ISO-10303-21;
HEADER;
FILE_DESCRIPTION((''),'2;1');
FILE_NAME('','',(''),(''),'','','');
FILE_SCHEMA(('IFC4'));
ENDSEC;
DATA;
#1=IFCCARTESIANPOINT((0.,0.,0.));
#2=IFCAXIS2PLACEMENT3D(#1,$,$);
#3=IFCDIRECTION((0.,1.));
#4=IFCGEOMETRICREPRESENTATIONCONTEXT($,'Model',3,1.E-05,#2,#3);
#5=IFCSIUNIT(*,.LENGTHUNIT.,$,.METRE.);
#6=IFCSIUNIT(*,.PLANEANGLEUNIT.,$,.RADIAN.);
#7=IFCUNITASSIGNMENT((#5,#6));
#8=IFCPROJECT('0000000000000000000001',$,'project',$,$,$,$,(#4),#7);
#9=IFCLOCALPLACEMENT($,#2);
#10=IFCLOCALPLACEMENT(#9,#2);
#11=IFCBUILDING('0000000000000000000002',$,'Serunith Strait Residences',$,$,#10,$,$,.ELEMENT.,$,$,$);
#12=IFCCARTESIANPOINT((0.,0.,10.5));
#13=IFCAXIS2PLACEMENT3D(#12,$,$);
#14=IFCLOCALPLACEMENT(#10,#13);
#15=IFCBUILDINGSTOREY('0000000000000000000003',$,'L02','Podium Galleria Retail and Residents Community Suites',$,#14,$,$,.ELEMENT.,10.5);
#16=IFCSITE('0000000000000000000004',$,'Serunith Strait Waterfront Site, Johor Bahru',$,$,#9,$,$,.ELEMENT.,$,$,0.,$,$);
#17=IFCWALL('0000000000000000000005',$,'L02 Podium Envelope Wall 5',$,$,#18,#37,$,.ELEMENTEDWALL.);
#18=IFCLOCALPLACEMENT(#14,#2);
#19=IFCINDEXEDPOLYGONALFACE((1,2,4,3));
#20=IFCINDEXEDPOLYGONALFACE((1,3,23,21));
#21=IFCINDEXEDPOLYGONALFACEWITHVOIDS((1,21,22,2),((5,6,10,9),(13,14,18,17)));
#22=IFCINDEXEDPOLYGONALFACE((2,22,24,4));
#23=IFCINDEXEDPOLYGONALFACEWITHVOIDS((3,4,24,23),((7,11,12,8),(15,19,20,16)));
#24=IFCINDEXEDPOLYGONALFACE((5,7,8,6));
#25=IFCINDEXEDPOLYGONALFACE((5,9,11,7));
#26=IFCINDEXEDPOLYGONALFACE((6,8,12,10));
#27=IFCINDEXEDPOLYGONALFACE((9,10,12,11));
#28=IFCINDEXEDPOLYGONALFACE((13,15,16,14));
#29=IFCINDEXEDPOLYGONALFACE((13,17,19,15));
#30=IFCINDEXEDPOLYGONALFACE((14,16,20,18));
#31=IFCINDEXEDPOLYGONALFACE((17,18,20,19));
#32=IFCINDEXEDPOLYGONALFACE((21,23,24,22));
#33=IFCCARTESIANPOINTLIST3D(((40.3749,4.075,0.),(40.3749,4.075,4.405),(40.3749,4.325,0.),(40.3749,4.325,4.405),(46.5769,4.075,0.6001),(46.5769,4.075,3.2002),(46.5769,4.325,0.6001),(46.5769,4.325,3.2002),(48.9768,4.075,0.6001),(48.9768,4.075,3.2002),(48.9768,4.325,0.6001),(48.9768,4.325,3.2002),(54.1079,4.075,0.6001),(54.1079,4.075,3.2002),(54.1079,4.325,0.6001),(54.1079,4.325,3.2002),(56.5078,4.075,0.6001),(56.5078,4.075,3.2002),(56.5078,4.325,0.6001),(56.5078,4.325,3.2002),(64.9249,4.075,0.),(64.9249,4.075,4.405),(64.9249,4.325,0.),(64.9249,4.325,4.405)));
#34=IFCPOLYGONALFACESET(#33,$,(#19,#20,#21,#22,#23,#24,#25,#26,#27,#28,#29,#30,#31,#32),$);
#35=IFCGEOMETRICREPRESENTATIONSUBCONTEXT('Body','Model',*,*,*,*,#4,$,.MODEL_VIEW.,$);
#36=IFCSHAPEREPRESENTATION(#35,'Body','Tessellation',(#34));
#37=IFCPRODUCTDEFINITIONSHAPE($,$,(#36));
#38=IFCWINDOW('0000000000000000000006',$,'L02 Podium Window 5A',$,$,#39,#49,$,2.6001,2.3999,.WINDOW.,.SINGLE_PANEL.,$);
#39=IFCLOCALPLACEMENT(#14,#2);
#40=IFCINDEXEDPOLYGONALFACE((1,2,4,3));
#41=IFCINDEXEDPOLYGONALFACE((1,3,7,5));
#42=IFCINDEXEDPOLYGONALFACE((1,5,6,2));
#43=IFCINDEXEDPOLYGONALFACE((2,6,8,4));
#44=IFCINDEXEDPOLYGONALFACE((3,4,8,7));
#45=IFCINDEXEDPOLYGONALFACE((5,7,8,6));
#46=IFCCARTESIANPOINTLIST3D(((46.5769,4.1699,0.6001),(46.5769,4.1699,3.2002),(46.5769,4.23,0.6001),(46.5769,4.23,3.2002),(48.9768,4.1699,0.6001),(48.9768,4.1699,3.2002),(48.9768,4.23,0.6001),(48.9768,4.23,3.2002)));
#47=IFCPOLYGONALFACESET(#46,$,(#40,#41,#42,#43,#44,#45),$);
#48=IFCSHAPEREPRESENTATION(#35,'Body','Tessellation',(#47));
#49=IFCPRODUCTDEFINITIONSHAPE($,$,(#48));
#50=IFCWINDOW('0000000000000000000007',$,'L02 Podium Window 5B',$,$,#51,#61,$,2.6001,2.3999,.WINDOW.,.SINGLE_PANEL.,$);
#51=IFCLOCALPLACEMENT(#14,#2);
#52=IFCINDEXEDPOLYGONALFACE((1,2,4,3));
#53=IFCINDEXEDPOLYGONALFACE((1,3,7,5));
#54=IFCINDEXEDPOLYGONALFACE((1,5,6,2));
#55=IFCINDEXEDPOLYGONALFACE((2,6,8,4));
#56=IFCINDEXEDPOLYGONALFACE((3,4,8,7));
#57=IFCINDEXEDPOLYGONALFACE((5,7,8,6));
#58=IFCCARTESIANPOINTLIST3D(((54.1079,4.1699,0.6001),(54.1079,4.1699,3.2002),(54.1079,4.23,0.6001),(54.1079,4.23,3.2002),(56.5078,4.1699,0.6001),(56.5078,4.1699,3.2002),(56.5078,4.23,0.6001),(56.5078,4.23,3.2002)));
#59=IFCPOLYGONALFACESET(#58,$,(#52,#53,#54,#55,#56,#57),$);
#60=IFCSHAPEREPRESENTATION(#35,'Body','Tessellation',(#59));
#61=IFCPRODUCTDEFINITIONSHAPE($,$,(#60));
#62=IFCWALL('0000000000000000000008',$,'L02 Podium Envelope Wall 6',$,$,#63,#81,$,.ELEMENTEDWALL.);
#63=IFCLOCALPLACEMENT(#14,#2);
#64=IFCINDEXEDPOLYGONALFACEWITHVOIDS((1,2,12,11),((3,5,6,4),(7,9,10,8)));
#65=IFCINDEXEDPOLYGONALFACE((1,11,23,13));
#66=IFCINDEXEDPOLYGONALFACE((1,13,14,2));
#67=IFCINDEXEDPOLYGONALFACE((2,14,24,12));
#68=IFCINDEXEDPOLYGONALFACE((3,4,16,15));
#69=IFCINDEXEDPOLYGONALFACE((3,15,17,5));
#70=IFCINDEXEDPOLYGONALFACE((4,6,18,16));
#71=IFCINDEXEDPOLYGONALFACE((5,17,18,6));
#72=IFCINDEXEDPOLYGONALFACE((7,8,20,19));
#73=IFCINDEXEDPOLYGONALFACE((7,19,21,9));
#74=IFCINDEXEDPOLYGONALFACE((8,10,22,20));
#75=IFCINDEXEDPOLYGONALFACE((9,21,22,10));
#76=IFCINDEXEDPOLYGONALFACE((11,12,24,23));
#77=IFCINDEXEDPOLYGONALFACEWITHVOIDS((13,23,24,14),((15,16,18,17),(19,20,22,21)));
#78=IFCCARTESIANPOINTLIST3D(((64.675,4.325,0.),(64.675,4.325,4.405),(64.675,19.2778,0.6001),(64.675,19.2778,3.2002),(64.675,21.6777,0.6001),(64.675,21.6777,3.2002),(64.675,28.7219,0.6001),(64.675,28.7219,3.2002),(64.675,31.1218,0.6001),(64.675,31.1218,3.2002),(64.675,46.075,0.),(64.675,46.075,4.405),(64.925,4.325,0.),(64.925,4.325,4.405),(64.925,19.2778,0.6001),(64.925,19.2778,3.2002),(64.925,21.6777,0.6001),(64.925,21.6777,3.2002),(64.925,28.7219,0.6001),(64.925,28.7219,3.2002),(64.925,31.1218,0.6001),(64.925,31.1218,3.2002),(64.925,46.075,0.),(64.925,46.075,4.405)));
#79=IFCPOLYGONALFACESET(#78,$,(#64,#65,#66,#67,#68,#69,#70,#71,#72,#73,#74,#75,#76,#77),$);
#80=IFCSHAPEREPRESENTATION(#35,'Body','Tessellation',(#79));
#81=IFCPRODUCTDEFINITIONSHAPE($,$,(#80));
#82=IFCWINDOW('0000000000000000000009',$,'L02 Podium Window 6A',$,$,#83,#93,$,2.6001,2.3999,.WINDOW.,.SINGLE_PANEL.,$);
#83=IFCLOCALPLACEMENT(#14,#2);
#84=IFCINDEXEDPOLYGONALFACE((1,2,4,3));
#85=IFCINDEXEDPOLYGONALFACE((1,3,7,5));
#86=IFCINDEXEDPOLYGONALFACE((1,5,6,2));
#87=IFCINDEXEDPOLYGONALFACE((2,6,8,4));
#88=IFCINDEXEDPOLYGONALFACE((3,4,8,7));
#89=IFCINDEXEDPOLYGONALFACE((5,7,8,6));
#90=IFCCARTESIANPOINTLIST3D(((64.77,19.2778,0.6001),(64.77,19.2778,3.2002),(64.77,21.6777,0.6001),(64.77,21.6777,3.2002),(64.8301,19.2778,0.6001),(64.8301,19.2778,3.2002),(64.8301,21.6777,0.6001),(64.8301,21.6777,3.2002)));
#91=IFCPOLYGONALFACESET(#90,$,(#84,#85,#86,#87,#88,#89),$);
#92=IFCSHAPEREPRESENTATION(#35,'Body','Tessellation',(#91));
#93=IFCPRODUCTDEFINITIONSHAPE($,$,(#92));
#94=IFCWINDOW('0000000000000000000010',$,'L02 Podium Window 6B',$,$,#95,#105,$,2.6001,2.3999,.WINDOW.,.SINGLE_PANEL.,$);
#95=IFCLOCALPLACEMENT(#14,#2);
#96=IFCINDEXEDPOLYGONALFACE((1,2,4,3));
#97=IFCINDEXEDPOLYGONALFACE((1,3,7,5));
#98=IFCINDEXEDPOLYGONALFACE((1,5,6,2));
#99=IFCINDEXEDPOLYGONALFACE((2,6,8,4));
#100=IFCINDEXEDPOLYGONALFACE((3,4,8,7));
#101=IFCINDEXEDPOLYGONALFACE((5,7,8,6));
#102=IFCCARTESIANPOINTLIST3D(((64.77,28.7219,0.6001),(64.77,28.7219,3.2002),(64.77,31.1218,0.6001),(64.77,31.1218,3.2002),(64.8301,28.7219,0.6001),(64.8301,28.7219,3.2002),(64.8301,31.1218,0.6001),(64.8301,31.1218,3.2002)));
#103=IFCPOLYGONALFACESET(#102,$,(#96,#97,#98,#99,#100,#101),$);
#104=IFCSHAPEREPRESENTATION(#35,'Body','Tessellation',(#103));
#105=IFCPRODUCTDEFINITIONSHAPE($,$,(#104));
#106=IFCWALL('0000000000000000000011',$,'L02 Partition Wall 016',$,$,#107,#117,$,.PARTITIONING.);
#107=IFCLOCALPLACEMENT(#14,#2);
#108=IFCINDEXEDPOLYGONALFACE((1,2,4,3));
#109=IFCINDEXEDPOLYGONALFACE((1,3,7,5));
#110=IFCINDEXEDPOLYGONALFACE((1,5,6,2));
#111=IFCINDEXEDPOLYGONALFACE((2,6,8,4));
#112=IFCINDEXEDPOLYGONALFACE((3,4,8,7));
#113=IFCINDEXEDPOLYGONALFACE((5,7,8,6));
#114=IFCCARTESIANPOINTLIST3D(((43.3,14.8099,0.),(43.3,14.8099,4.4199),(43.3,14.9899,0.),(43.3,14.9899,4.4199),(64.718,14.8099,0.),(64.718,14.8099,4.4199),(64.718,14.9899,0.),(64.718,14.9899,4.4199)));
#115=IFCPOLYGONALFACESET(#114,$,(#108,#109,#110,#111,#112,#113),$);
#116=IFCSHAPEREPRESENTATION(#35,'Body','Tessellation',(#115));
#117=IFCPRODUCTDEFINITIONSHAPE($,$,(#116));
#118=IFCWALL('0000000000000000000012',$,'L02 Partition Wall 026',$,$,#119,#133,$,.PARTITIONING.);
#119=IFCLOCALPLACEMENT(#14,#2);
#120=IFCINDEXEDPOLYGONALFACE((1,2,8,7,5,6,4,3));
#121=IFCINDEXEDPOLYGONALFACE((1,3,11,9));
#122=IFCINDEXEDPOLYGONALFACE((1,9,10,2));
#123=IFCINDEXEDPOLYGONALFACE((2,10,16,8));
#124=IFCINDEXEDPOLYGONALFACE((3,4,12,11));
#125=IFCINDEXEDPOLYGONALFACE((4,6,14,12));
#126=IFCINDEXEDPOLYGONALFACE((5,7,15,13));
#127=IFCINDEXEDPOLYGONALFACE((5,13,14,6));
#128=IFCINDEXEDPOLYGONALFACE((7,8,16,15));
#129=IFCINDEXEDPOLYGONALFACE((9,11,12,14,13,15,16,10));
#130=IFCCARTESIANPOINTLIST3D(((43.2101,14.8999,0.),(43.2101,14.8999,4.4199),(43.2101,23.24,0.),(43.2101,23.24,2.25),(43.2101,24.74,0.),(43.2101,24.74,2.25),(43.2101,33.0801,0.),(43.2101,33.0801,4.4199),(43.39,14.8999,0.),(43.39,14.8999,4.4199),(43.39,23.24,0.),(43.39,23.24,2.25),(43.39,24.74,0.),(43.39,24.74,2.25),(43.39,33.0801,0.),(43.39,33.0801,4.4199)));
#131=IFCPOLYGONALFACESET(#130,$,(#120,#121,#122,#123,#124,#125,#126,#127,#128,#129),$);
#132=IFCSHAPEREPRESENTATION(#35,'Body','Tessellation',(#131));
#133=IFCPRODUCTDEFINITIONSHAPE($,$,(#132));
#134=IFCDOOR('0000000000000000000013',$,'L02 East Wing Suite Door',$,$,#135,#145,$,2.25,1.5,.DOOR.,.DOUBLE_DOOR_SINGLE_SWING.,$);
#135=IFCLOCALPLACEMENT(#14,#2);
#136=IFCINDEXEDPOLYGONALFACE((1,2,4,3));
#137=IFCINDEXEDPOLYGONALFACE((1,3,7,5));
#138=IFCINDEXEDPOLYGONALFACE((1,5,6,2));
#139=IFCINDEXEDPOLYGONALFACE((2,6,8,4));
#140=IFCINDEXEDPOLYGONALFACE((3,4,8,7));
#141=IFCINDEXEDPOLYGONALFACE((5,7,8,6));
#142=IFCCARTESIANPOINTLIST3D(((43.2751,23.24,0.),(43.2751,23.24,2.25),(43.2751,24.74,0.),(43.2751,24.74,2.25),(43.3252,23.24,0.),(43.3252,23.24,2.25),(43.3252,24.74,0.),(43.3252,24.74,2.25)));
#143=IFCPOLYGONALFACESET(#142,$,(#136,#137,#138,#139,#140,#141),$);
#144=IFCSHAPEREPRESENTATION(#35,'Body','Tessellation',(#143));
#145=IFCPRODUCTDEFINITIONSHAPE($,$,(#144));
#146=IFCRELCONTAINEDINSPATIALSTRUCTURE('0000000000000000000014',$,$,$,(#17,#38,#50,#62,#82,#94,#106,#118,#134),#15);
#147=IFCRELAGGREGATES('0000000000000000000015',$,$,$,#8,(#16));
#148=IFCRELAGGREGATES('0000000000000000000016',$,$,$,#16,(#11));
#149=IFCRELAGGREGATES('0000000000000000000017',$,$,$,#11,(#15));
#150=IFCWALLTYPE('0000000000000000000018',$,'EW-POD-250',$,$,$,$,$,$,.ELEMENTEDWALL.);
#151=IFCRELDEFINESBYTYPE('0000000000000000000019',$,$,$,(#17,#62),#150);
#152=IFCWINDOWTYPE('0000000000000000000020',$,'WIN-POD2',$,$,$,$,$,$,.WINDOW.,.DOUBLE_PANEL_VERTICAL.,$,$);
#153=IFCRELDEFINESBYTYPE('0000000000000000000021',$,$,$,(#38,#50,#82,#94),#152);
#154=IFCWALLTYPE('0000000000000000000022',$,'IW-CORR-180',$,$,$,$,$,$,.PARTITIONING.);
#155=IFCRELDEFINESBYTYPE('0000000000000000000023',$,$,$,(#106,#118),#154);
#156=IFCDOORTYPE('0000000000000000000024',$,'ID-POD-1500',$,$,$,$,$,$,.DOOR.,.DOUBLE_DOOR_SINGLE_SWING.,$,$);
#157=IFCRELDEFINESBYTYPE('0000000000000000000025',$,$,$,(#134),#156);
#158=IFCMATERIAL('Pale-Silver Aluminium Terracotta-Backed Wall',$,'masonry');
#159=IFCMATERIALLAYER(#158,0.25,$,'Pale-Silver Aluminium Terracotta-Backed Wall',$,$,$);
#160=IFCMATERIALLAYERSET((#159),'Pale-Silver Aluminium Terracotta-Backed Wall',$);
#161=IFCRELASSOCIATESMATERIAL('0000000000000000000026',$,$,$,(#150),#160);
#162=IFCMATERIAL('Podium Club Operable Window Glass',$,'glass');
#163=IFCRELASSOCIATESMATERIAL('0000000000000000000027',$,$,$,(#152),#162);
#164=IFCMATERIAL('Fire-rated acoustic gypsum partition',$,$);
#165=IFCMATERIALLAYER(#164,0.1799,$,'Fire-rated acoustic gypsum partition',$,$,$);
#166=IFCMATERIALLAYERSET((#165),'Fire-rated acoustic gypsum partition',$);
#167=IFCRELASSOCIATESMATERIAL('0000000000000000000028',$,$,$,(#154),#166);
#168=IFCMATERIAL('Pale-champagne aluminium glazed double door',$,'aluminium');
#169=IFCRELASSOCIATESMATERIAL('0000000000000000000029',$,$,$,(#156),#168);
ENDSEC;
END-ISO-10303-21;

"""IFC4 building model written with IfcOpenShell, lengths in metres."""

from ifc_helpers import new_model, si_unit, direction, frame, frame_2d, origin, place, context, subcontext, project, spatial, rectangle, extrude, source, transform, mapped, material, layer, layer_set, type_object, element, fill, save


model = new_model("IFC4")

# Units and contexts
model_context = context("Model", 3, precision=1e-05, world=origin(), true_north=direction((0.0, 1.0)))
body_context = subcontext(model_context, "Body", "Model", "MODEL_VIEW")
ifc_project = project(units=[si_unit("LENGTHUNIT", "METRE"), si_unit("PLANEANGLEUNIT", "RADIAN")], contexts=[model_context])

# Site, building, storey
site_placement = place(None, origin())
site = spatial("IfcSite", under=ifc_project, at=site_placement, Name="Serunith Strait Waterfront Site, Johor Bahru", CompositionType="ELEMENT", RefElevation=0.0)
building_placement = place(site_placement, origin())
building = spatial("IfcBuilding", under=site, at=building_placement, Name="Serunith Strait Residences", CompositionType="ELEMENT")
storey_placement = place(building_placement, frame((0.0, 0.0, 10.5)))
storey = spatial("IfcBuildingStorey", under=building, at=storey_placement, Name="L02", Description="Podium Galleria Retail and Residents Community Suites", CompositionType="ELEMENT", Elevation=10.5)

# Shared definitions
ifc_material_1 = material(Name="Pale-Silver Aluminium Terracotta-Backed Wall", Category="masonry")
ifc_layer_1 = layer(ifc_material_1, 0.25, Name="Pale-Silver Aluminium Terracotta-Backed Wall")
ifc_layer_set_1 = layer_set([ifc_layer_1], Name="Pale-Silver Aluminium Terracotta-Backed Wall")
wall_type_1 = type_object("IfcWallType", Name="EW-POD-250", PredefinedType="ELEMENTEDWALL", material=ifc_layer_set_1)

# Walls, openings, windows
wall_1_placement = place(storey_placement, frame((40.375, 4.2, 0.0), z_axis=(0.0, 0.0, 1.0), x_axis=(1.0, 0.0, 0.0)))
wall_1 = element("IfcWall", 1, at=wall_1_placement, inside=storey, type_object=wall_type_1, Name="L02 Podium Envelope Wall 5", PredefinedType="ELEMENTEDWALL", context=body_context, shape_type="SweptSolid", body=[
    extrude(rectangle(XDim=24.55, YDim=0.25, at=frame_2d((12.2749, 0.0))), origin(), (0.0, 0.0, 1.0), 4.405),
])
opening_1_placement = place(wall_1_placement, frame((6.2019, 0.0, 0.6001)))
opening_1 = element("IfcOpeningElement", 2, at=opening_1_placement, cuts=wall_1, PredefinedType="OPENING", context=body_context, shape_type="SweptSolid", body=[
    extrude(rectangle(XDim=2.3999, YDim=2.6001, at=frame_2d((1.2, 1.3))), frame((0.0, 0.135, 0.0), z_axis=(0.0, -1.0, 0.0), x_axis=(1.0, 0.0, 0.0)), (0.0, 0.0, 1.0), 0.27),
])
opening_2_placement = place(wall_1_placement, frame((13.7329, 0.0, 0.6001)))
opening_2 = element("IfcOpeningElement", 3, at=opening_2_placement, cuts=wall_1, PredefinedType="OPENING", context=body_context, shape_type="SweptSolid", body=[
    extrude(rectangle(XDim=2.3999, YDim=2.6001, at=frame_2d((1.2, 1.3))), frame((0.0, 0.135, 0.0), z_axis=(0.0, -1.0, 0.0), x_axis=(1.0, 0.0, 0.0)), (0.0, 0.0, 1.0), 0.27),
])
ifc_material_2 = material(Name="Podium Club Operable Window Glass", Category="glass")
window_type = type_object("IfcWindowType", Name="WIN-POD2", PartitioningType="DOUBLE_PANEL_VERTICAL", PredefinedType="WINDOW", material=ifc_material_2)
shared_shape_1 = source(origin(), body_context, "Body", "SweptSolid", [
    extrude(rectangle(XDim=2.3999, YDim=2.6001, at=frame_2d((1.2, 1.3))), frame((0.0, 0.03, 0.0), z_axis=(0.0, -1.0, 0.0), x_axis=(1.0, 0.0, 0.0)), (0.0, 0.0, 1.0), 0.0601),
])
window_1_placement = place(opening_1_placement, origin())
window_1 = element("IfcWindow", 4, at=window_1_placement, inside=storey, type_object=window_type, Name="L02 Podium Window 5A", OverallHeight=2.6001, OverallWidth=2.3999, PartitioningType="SINGLE_PANEL", PredefinedType="WINDOW", context=body_context, shape_type="MappedRepresentation", body=[
    mapped(shared_shape_1, transform((0.0, 0.0, 0.0), scale=1.0)),
])
fill(opening_1, window_1)
window_2_placement = place(opening_2_placement, origin())
window_2 = element("IfcWindow", 5, at=window_2_placement, inside=storey, type_object=window_type, Name="L02 Podium Window 5B", OverallHeight=2.6001, OverallWidth=2.3999, PartitioningType="SINGLE_PANEL", PredefinedType="WINDOW", context=body_context, shape_type="MappedRepresentation", body=[
    mapped(shared_shape_1, transform((0.0, 0.0, 0.0), scale=1.0)),
])
fill(opening_2, window_2)
wall_2_placement = place(storey_placement, frame((64.8, 4.325, 0.0), z_axis=(0.0, 0.0, 1.0), x_axis=(0.0, 1.0, 0.0)))
wall_2 = element("IfcWall", 6, at=wall_2_placement, inside=storey, type_object=wall_type_1, Name="L02 Podium Envelope Wall 6", PredefinedType="ELEMENTEDWALL", context=body_context, shape_type="SweptSolid", body=[
    extrude(rectangle(XDim=41.75, YDim=0.25, at=frame_2d((20.875, 0.0))), origin(), (0.0, 0.0, 1.0), 4.405),
])
opening_3_placement = place(wall_2_placement, frame((14.9529, 0.0, 0.6001)))
opening_3 = element("IfcOpeningElement", 7, at=opening_3_placement, cuts=wall_2, PredefinedType="OPENING", context=body_context, shape_type="SweptSolid", body=[
    extrude(rectangle(XDim=2.3999, YDim=2.6001, at=frame_2d((1.2, 1.3))), frame((0.0, 0.135, 0.0), z_axis=(0.0, -1.0, 0.0), x_axis=(1.0, 0.0, 0.0)), (0.0, 0.0, 1.0), 0.27),
])
opening_4_placement = place(wall_2_placement, frame((24.397, 0.0, 0.6001)))
opening_4 = element("IfcOpeningElement", 8, at=opening_4_placement, cuts=wall_2, PredefinedType="OPENING", context=body_context, shape_type="SweptSolid", body=[
    extrude(rectangle(XDim=2.3999, YDim=2.6001, at=frame_2d((1.2, 1.3))), frame((0.0, 0.135, 0.0), z_axis=(0.0, -1.0, 0.0), x_axis=(1.0, 0.0, 0.0)), (0.0, 0.0, 1.0), 0.27),
])
window_3_placement = place(opening_3_placement, origin())
window_3 = element("IfcWindow", 9, at=window_3_placement, inside=storey, type_object=window_type, Name="L02 Podium Window 6A", OverallHeight=2.6001, OverallWidth=2.3999, PartitioningType="SINGLE_PANEL", PredefinedType="WINDOW", context=body_context, shape_type="MappedRepresentation", body=[
    mapped(shared_shape_1, transform((0.0, 0.0, 0.0), scale=1.0)),
])
fill(opening_3, window_3)
window_4_placement = place(opening_4_placement, origin())
window_4 = element("IfcWindow", 10, at=window_4_placement, inside=storey, type_object=window_type, Name="L02 Podium Window 6B", OverallHeight=2.6001, OverallWidth=2.3999, PartitioningType="SINGLE_PANEL", PredefinedType="WINDOW", context=body_context, shape_type="MappedRepresentation", body=[
    mapped(shared_shape_1, transform((0.0, 0.0, 0.0), scale=1.0)),
])
fill(opening_4, window_4)

# Wall
ifc_material_3 = material(Name="Fire-rated acoustic gypsum partition")
ifc_layer_2 = layer(ifc_material_3, 0.1799, Name="Fire-rated acoustic gypsum partition")
ifc_layer_set_2 = layer_set([ifc_layer_2], Name="Fire-rated acoustic gypsum partition")
wall_type_2 = type_object("IfcWallType", Name="IW-CORR-180", PredefinedType="PARTITIONING", material=ifc_layer_set_2)
wall_3_placement = place(storey_placement, frame((43.3, 14.8999, 0.0), z_axis=(0.0, 0.0, 1.0), x_axis=(1.0, 0.0, 0.0)))
element("IfcWall", 11, at=wall_3_placement, inside=storey, type_object=wall_type_2, Name="L02 Partition Wall 016", PredefinedType="PARTITIONING", context=body_context, shape_type="SweptSolid", body=[
    extrude(rectangle(XDim=21.418, YDim=0.1799, at=frame_2d((10.709, 0.0))), origin(), (0.0, 0.0, 1.0), 4.4199),
])

# Wall, opening, door
wall_4_placement = place(storey_placement, frame((43.3, 14.8999, 0.0), z_axis=(0.0, 0.0, 1.0), x_axis=(0.0, 1.0, 0.0)))
wall_4 = element("IfcWall", 12, at=wall_4_placement, inside=storey, type_object=wall_type_2, Name="L02 Partition Wall 026", PredefinedType="PARTITIONING", context=body_context, shape_type="SweptSolid", body=[
    extrude(rectangle(XDim=18.1802, YDim=0.1799, at=frame_2d((9.0901, 0.0))), origin(), (0.0, 0.0, 1.0), 4.4199),
])
opening_5_placement = place(wall_4_placement, frame((8.3401, 0.0, 0.0)))
opening_5 = element("IfcOpeningElement", 13, at=opening_5_placement, cuts=wall_4, PredefinedType="OPENING", context=body_context, shape_type="SweptSolid", body=[
    extrude(rectangle(XDim=1.5, YDim=2.25, at=frame_2d((0.75, 1.125))), frame((0.0, 0.1001, 0.0), z_axis=(0.0, -1.0, 0.0), x_axis=(1.0, 0.0, 0.0)), (0.0, 0.0, 1.0), 0.2),
])
ifc_material_4 = material(Name="Pale-champagne aluminium glazed double door", Category="aluminium")
door_type = type_object("IfcDoorType", Name="ID-POD-1500", OperationType="DOUBLE_DOOR_SINGLE_SWING", PredefinedType="DOOR", material=ifc_material_4)
shared_shape_2 = source(origin(), body_context, "Body", "SweptSolid", [
    extrude(rectangle(XDim=1.5, YDim=2.25, at=frame_2d((0.75, 1.125))), frame((0.0, 0.0249, 0.0), z_axis=(0.0, -1.0, 0.0), x_axis=(1.0, 0.0, 0.0)), (0.0, 0.0, 1.0), 0.05),
])
door_1_placement = place(opening_5_placement, origin())
door_1 = element("IfcDoor", 14, at=door_1_placement, inside=storey, type_object=door_type, Name="L02 East Wing Suite Door", OperationType="DOUBLE_DOOR_SINGLE_SWING", OverallHeight=2.25, OverallWidth=1.5, PredefinedType="DOOR", context=body_context, shape_type="MappedRepresentation", body=[
    mapped(shared_shape_2, transform((0.0, 0.0, 0.0), scale=1.0)),
])
fill(opening_5, door_1)

save(model, "model.ifc")
